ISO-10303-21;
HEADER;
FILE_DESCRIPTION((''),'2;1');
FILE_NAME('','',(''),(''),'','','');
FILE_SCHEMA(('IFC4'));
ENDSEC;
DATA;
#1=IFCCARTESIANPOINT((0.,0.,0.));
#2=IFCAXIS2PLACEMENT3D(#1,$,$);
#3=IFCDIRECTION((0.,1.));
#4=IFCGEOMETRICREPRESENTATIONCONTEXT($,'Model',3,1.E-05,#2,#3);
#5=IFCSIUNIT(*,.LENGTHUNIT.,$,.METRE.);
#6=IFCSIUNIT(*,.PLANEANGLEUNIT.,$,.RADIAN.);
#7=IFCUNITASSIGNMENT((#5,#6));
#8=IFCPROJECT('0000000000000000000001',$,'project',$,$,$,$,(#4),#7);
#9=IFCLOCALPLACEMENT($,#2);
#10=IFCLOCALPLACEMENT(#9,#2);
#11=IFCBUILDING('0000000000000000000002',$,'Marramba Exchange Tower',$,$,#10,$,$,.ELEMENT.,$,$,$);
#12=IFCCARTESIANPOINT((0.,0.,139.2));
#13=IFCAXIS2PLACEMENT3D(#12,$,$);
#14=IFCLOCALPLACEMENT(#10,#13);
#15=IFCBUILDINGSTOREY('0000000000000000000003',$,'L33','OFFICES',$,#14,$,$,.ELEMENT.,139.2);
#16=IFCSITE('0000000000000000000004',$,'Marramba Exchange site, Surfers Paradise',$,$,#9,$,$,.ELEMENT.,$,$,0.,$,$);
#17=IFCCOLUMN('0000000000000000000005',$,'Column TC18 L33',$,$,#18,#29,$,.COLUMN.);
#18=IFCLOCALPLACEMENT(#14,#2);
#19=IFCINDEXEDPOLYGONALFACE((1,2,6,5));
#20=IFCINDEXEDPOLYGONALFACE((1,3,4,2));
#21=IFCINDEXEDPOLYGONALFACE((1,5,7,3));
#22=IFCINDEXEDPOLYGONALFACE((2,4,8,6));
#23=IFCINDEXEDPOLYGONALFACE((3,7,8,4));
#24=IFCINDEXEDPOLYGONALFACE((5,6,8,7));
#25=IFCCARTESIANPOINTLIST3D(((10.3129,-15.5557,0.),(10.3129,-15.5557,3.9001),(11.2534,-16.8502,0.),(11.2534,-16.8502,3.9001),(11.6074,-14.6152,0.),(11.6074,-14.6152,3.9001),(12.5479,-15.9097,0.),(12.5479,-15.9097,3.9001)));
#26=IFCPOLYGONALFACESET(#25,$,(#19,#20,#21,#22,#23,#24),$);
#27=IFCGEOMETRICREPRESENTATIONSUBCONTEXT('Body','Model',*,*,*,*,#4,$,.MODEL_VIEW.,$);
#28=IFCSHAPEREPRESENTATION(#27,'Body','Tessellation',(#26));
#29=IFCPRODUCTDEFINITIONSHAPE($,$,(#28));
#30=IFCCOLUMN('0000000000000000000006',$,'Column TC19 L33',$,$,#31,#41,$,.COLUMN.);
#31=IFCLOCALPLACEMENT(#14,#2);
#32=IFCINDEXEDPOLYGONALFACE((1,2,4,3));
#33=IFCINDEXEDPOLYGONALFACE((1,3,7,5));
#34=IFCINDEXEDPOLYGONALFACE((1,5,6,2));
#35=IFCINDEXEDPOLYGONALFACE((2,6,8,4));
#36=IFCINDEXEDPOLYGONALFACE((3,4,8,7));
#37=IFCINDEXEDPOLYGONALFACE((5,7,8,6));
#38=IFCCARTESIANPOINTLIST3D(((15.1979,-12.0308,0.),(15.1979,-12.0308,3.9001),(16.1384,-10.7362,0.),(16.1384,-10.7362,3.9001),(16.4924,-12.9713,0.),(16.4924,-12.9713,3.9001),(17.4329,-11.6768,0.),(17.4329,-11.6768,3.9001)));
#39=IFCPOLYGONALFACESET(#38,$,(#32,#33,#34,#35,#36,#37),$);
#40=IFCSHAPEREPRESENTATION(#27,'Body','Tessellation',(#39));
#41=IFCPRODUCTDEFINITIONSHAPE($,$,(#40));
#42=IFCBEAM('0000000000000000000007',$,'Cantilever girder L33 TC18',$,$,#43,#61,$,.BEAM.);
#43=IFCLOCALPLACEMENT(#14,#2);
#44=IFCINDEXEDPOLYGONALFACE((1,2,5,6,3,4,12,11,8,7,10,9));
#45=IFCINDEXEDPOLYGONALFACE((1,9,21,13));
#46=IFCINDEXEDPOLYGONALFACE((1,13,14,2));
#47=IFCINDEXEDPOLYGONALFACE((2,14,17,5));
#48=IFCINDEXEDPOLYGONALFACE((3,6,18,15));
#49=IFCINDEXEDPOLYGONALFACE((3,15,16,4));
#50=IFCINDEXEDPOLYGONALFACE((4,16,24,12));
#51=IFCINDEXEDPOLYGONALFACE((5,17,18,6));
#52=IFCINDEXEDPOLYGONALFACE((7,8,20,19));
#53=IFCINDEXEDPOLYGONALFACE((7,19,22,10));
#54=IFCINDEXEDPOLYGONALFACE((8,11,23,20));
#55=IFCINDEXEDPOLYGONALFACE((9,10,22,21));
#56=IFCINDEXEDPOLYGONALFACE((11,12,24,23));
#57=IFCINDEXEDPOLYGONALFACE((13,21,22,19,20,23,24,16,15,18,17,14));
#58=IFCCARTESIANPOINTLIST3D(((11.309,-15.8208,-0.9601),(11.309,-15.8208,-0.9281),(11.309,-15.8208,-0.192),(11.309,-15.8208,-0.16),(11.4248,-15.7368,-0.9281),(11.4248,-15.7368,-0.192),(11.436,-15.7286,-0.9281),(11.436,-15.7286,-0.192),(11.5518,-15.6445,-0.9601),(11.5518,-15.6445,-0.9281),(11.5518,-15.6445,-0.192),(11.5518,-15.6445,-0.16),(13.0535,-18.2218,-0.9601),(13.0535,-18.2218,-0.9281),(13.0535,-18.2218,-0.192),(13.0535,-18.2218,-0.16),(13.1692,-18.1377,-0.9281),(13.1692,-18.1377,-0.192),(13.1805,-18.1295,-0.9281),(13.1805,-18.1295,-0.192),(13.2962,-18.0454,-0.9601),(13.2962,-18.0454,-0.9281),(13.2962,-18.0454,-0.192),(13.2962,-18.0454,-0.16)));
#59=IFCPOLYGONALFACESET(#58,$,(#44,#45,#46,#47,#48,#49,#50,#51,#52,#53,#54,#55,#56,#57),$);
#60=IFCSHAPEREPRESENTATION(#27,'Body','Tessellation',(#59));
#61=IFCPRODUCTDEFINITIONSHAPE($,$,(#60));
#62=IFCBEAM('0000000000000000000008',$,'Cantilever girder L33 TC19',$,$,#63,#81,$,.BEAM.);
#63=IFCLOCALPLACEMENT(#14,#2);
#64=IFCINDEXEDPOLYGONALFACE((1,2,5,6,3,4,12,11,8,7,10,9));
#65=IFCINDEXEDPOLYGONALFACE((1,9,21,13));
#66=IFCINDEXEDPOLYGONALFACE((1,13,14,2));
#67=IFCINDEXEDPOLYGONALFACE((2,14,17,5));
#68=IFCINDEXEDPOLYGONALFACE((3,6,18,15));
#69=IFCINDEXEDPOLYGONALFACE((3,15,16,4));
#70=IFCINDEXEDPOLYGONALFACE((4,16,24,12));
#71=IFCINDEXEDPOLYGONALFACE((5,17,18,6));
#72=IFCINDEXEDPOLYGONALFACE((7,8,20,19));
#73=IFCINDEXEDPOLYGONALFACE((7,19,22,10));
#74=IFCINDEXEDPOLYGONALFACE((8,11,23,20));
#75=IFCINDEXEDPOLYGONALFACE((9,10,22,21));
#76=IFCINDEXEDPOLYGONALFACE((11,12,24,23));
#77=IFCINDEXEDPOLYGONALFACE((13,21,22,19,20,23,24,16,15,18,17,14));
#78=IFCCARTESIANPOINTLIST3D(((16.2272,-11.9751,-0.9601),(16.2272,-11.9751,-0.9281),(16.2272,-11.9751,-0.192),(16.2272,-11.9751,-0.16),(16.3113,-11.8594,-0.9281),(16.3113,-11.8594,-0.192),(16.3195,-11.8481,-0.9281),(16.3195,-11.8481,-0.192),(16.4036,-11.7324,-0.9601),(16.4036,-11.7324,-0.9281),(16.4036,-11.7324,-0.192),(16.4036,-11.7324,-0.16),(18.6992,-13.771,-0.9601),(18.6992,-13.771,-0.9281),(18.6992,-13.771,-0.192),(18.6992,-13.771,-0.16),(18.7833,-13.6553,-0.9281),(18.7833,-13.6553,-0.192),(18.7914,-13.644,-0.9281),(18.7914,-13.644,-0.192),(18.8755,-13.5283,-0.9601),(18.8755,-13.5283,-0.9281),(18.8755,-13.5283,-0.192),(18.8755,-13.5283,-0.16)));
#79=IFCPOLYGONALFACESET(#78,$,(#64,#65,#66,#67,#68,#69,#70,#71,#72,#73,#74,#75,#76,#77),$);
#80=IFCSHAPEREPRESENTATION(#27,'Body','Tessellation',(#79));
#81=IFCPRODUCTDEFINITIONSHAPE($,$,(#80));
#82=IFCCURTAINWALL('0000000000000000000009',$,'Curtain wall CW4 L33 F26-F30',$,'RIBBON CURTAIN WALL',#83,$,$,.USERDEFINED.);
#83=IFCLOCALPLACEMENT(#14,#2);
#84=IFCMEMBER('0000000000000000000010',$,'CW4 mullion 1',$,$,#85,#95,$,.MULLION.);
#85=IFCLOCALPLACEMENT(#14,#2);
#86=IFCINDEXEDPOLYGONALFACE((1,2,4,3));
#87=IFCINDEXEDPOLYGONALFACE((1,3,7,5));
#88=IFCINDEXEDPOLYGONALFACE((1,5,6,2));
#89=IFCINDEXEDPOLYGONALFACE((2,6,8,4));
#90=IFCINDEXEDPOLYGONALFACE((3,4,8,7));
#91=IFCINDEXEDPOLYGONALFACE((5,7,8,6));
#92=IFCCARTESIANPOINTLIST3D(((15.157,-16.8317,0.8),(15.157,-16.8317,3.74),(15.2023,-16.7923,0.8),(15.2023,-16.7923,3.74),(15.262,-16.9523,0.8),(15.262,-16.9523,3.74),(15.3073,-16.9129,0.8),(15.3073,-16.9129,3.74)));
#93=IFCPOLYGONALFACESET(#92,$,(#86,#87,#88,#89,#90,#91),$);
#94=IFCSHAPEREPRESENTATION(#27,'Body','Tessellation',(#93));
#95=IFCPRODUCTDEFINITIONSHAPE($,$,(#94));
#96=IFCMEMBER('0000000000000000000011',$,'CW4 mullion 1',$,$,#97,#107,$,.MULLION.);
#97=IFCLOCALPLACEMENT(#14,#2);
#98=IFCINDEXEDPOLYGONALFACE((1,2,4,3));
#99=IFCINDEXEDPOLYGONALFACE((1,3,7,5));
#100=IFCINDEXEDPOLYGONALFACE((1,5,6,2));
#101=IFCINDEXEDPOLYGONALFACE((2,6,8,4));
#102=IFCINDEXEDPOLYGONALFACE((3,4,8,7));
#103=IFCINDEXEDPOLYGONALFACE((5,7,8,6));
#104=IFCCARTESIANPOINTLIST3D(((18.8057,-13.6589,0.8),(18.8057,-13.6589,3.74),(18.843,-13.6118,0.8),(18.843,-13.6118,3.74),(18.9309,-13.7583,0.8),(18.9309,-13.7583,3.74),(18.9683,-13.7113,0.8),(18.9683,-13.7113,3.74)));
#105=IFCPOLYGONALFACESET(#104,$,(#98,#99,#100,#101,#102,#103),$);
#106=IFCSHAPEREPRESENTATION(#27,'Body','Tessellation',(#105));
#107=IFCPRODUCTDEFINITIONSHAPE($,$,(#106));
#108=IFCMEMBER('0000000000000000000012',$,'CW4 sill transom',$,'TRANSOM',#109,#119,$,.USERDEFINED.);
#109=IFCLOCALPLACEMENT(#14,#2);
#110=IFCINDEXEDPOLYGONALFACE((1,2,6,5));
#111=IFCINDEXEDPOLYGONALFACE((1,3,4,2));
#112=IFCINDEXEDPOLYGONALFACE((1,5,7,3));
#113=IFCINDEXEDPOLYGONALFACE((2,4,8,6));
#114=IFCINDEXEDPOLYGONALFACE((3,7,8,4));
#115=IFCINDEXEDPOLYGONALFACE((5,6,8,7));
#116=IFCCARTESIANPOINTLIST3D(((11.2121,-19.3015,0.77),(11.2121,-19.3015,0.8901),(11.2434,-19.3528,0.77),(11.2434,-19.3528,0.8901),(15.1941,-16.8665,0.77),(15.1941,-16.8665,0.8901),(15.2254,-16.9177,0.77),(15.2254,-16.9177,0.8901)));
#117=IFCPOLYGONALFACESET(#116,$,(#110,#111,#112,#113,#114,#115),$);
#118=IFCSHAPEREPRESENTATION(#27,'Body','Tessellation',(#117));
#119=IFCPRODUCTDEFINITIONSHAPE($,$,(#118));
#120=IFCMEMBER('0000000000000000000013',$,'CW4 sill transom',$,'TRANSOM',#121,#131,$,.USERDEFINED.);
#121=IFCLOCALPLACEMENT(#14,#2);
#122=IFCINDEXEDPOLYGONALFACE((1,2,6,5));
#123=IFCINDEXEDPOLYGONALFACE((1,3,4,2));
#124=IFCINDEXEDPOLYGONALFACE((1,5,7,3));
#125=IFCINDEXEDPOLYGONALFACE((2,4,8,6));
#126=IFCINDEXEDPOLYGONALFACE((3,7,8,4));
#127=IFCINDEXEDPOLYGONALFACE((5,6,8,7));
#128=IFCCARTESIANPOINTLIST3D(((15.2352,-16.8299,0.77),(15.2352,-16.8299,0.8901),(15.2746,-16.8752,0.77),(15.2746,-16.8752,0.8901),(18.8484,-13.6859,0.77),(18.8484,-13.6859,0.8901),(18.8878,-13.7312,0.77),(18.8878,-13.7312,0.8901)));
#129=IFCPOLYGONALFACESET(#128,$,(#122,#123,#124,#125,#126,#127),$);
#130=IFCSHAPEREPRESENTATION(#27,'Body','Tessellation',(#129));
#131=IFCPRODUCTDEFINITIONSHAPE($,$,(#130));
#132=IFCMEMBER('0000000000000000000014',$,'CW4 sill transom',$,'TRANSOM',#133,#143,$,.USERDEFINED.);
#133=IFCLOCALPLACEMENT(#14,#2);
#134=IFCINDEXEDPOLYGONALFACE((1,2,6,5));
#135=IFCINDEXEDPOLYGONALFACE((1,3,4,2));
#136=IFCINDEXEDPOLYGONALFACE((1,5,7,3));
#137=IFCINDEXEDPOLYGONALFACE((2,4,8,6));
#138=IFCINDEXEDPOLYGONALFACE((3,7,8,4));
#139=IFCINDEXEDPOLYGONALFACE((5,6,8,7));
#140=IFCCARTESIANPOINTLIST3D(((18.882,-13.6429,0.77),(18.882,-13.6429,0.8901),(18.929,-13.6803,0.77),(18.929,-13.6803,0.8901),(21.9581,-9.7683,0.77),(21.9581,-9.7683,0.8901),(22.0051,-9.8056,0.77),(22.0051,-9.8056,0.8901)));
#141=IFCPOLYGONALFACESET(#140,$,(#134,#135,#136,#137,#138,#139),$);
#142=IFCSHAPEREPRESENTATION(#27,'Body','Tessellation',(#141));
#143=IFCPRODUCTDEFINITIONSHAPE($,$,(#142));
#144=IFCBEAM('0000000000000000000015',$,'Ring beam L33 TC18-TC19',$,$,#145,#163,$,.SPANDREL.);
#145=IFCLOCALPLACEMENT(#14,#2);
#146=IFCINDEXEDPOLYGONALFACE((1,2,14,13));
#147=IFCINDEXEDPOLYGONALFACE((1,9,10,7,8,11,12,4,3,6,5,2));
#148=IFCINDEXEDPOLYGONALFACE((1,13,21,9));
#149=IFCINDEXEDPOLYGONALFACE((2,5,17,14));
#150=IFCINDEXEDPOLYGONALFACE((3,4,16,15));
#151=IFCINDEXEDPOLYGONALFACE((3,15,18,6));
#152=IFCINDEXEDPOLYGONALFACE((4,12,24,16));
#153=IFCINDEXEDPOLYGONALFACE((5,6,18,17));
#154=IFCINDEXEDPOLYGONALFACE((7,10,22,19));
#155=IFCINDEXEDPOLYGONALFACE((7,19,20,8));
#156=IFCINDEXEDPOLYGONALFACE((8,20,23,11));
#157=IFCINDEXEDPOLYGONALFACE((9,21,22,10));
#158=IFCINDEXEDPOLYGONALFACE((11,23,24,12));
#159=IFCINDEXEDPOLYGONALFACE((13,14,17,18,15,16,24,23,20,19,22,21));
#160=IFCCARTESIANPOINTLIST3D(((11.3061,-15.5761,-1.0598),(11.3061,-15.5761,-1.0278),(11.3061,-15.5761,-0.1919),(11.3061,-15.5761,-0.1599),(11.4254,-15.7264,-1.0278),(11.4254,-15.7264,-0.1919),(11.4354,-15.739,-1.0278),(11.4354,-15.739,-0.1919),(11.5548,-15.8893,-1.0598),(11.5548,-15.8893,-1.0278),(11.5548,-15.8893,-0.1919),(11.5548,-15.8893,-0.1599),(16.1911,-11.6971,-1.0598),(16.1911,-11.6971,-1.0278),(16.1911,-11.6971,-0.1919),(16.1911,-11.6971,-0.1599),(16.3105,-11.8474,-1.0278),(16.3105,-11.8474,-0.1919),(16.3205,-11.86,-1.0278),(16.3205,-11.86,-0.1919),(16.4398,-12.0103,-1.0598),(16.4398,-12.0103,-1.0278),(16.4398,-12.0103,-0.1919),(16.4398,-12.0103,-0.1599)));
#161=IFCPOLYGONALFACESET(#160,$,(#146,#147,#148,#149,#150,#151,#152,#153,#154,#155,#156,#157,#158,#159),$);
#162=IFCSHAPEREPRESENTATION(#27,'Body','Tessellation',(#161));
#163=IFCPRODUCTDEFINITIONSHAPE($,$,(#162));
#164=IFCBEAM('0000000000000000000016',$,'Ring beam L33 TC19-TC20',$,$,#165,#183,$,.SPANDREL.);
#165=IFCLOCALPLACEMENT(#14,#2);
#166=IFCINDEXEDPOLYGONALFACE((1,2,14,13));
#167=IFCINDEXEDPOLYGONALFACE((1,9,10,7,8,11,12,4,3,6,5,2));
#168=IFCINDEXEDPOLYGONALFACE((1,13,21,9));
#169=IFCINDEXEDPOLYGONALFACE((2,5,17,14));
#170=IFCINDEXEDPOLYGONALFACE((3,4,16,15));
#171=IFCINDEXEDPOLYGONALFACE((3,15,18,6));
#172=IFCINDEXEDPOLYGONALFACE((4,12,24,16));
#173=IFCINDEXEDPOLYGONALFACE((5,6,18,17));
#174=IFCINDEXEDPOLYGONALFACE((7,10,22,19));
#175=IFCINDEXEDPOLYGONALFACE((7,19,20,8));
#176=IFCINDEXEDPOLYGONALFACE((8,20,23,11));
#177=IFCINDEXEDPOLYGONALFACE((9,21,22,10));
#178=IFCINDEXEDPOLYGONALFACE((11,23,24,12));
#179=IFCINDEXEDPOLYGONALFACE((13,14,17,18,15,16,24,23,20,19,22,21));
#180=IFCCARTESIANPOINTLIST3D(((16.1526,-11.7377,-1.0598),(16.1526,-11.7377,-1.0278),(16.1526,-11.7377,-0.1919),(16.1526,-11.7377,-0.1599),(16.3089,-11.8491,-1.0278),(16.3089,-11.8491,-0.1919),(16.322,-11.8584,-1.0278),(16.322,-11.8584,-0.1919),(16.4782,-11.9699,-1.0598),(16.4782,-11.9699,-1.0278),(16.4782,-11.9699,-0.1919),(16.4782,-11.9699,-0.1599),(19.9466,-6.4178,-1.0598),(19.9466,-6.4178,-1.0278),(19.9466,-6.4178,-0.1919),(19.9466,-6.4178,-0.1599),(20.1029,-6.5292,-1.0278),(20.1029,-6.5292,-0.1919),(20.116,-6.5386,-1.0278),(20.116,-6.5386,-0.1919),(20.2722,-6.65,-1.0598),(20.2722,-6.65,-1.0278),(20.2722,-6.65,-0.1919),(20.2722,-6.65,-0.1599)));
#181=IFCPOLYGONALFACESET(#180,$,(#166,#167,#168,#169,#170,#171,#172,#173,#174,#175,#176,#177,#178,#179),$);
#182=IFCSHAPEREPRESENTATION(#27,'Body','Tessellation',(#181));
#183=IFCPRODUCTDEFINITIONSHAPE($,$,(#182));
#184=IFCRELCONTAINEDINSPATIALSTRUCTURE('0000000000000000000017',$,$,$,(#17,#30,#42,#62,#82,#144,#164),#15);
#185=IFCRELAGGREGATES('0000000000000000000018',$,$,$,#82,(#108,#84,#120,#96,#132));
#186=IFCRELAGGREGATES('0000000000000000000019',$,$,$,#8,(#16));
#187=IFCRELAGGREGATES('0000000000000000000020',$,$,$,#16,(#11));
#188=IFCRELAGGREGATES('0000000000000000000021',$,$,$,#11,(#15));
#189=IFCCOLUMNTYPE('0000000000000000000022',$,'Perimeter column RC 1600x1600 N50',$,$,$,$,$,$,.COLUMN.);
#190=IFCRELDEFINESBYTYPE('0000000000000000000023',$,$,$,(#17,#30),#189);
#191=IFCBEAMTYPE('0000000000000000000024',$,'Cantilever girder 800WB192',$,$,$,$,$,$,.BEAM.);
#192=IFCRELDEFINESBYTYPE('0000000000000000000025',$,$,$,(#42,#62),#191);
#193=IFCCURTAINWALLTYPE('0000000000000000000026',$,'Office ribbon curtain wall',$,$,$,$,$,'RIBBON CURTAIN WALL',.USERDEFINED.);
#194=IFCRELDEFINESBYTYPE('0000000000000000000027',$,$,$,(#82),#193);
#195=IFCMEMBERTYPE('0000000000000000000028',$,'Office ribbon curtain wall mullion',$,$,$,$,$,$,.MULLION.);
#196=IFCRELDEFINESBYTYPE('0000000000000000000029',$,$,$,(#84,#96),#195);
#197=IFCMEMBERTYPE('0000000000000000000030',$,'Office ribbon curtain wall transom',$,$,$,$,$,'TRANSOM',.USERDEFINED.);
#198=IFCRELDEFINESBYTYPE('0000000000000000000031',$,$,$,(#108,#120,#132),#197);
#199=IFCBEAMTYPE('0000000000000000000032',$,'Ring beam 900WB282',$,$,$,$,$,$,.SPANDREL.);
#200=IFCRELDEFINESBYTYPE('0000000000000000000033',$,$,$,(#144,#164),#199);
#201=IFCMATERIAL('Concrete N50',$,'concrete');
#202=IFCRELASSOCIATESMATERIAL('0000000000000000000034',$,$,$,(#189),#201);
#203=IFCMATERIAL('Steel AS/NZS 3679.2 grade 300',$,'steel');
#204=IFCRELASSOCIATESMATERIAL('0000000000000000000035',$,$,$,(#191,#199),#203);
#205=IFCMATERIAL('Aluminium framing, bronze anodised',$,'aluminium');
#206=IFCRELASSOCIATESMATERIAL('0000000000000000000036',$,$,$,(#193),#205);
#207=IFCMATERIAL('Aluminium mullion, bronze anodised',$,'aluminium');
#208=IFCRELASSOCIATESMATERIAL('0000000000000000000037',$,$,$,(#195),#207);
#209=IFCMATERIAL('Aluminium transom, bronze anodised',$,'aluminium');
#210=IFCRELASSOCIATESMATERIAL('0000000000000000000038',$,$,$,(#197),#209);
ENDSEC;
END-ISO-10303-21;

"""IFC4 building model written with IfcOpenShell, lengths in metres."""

from ifc_helpers import new_model, si_unit, direction, frame, origin, origin_2d, place, context, subcontext, project, spatial, rectangle, i_section, extrude, material, material_profile, profile_set, type_object, element, aggregate, save


model = new_model("IFC4")

# Units and contexts
model_context = context("Model", 3, precision=1e-05, world=origin(), true_north=direction((0.0, 1.0)))
body_context = subcontext(model_context, "Body", "Model", "MODEL_VIEW")
ifc_project = project(units=[si_unit("LENGTHUNIT", "METRE"), si_unit("PLANEANGLEUNIT", "RADIAN")], contexts=[model_context])

# Site, building, storey
site_placement = place(None, origin())
site = spatial("IfcSite", under=ifc_project, at=site_placement, Name="Marramba Exchange site, Surfers Paradise", CompositionType="ELEMENT", RefElevation=0.0)
building_placement = place(site_placement, origin())
building = spatial("IfcBuilding", under=site, at=building_placement, Name="Marramba Exchange Tower", CompositionType="ELEMENT")
storey_placement = place(building_placement, frame((0.0, 0.0, 139.2)))
storey = spatial("IfcBuildingStorey", under=building, at=storey_placement, Name="L33", Description="OFFICES", CompositionType="ELEMENT", Elevation=139.2)

# Columns
ifc_material_1 = material(Name="Concrete N50", Category="concrete")
ifc_material_profile_1 = material_profile(ifc_material_1, rectangle(XDim=1.6001, YDim=1.6001, at=origin_2d()), Name="RC 1600x1600")
ifc_profile_set_1 = profile_set([ifc_material_profile_1], Name="Concrete N50")
column_type = type_object("IfcColumnType", Name="Perimeter column RC 1600x1600 N50", PredefinedType="COLUMN", material=ifc_profile_set_1)
for number, where, z_axis, x_axis, name in (
    (1, (11.4304, -15.7327, 0.0), (0.0, 0.0, 1.0), (0.587785, -0.809017, 0.0), "Column TC18 L33"),
    (2, (16.3154, -11.8538, 0.0), (0.0, 0.0, 1.0), (0.809017, -0.587785, 0.0), "Column TC19 L33"),
):
    element("IfcColumn", number, at=place(storey_placement, frame(where, z_axis=z_axis, x_axis=x_axis)), inside=storey, type_object=column_type, Name=name, PredefinedType="COLUMN", context=body_context, shape_type="SweptSolid", body=[
        extrude(rectangle(XDim=1.6001, YDim=1.6001, at=origin_2d()), origin(), (0.0, 0.0, 1.0), 3.9001),
    ])

# Beams
ifc_material_2 = material(Name="Steel AS/NZS 3679.2 grade 300", Category="steel")
ifc_material_profile_2 = material_profile(ifc_material_2, i_section(OverallWidth=0.3, OverallDepth=0.8, WebThickness=0.0139, FlangeThickness=0.032, at=origin_2d()), Name="800WB192")
ifc_profile_set_2 = profile_set([ifc_material_profile_2], Name="Steel AS/NZS 3679.2 grade 300")
beam_type_1 = type_object("IfcBeamType", Name="Cantilever girder 800WB192", PredefinedType="BEAM", material=ifc_profile_set_2)
beam_1_placement = place(storey_placement, frame((11.4304, -15.7327, -0.5601), z_axis=(0.587795, -0.80901, 0.0), x_axis=(0.80901, 0.587795, 0.0)))
element("IfcBeam", 3, at=beam_1_placement, inside=storey, type_object=beam_type_1, Name="Cantilever girder L33 TC18", PredefinedType="BEAM", context=body_context, shape_type="SweptSolid", body=[
    extrude(i_section(OverallWidth=0.3, OverallDepth=0.8, WebThickness=0.0139, FlangeThickness=0.032, at=origin_2d()), origin(), (0.0, 0.0, 1.0), 2.9678),
])
beam_2_placement = place(storey_placement, frame((16.3154, -11.8538, -0.5601), z_axis=(0.809026, -0.587773, 0.0), x_axis=(0.587773, 0.809026, 0.0)))
element("IfcBeam", 4, at=beam_2_placement, inside=storey, type_object=beam_type_1, Name="Cantilever girder L33 TC19", PredefinedType="BEAM", context=body_context, shape_type="SweptSolid", body=[
    extrude(i_section(OverallWidth=0.3, OverallDepth=0.8, WebThickness=0.0139, FlangeThickness=0.032, at=origin_2d()), origin(), (0.0, 0.0, 1.0), 3.0554),
])

# Curtain wall, members
ifc_material_3 = material(Name="Aluminium framing, bronze anodised", Category="aluminium")
curtain_wall_type = type_object("IfcCurtainWallType", Name="Office ribbon curtain wall", ElementType="RIBBON CURTAIN WALL", PredefinedType="USERDEFINED", material=ifc_material_3)
curtain_wall_placement = place(storey_placement, origin())
curtain_wall = element("IfcCurtainWall", 5, at=curtain_wall_placement, inside=storey, type_object=curtain_wall_type, Name="Curtain wall CW4 L33 F26-F30", ObjectType="RIBBON CURTAIN WALL", PredefinedType="USERDEFINED")
ifc_material_4 = material(Name="Aluminium mullion, bronze anodised", Category="aluminium")
ifc_material_profile_3 = material_profile(ifc_material_4, rectangle(XDim=0.1599, YDim=0.0601, at=origin_2d()), Name="CW4 mullion 60x160")
ifc_profile_set_3 = profile_set([ifc_material_profile_3], Name="Aluminium mullion, bronze anodised")
member_type_1 = type_object("IfcMemberType", Name="Office ribbon curtain wall mullion", PredefinedType="MULLION", material=ifc_profile_set_3)
member_1_placement = place(storey_placement, frame((15.2322, -16.8723, 0.8), z_axis=(0.0, 0.0, 1.0), x_axis=(-0.656432, 0.754386, 0.0)))
member_1 = element("IfcMember", 6, at=member_1_placement, type_object=member_type_1, Name="CW4 mullion 1", PredefinedType="MULLION", context=body_context, shape_type="SweptSolid", body=[
    extrude(rectangle(XDim=0.1599, YDim=0.0601, at=origin_2d()), origin(), (0.0, 0.0, 1.0), 2.9399),
])
member_2_placement = place(storey_placement, frame((18.887, -13.6851, 0.8), z_axis=(0.0, 0.0, 1.0), x_axis=(-0.78317, 0.621807, 0.0)))
member_2 = element("IfcMember", 7, at=member_2_placement, type_object=member_type_1, Name="CW4 mullion 1", PredefinedType="MULLION", context=body_context, shape_type="SweptSolid", body=[
    extrude(rectangle(XDim=0.1599, YDim=0.0601, at=origin_2d()), origin(), (0.0, 0.0, 1.0), 2.9399),
])
ifc_material_5 = material(Name="Aluminium transom, bronze anodised", Category="aluminium")
ifc_material_profile_4 = material_profile(ifc_material_5, rectangle(XDim=0.0601, YDim=0.1201, at=origin_2d()), Name="CW4 transom 60x120")
ifc_profile_set_4 = profile_set([ifc_material_profile_4], Name="Aluminium transom, bronze anodised")
member_type_2 = type_object("IfcMemberType", Name="Office ribbon curtain wall transom", ElementType="TRANSOM", PredefinedType="USERDEFINED", material=ifc_profile_set_4)
member_3_placement = place(storey_placement, frame((11.2278, -19.3271, 0.8301), z_axis=(0.853124, 0.521708, 0.0), x_axis=(-0.521708, 0.853124, 0.0)))
member_3 = element("IfcMember", 8, at=member_3_placement, type_object=member_type_2, Name="CW4 sill transom", ObjectType="TRANSOM", PredefinedType="USERDEFINED", context=body_context, shape_type="SweptSolid", body=[
    extrude(rectangle(XDim=0.0601, YDim=0.1201, at=origin_2d()), origin(), (0.0, 0.0, 1.0), 4.6675),
])
member_4_placement = place(storey_placement, frame((15.2549, -16.8525, 0.8301), z_axis=(0.754393, 0.656424, 0.0), x_axis=(-0.656424, 0.754393, 0.0)))
member_4 = element("IfcMember", 9, at=member_4_placement, type_object=member_type_2, Name="CW4 sill transom", ObjectType="TRANSOM", PredefinedType="USERDEFINED", context=body_context, shape_type="SweptSolid", body=[
    extrude(rectangle(XDim=0.0601, YDim=0.1201, at=origin_2d()), origin(), (0.0, 0.0, 1.0), 4.7896),
])
member_5_placement = place(storey_placement, frame((18.9055, -13.6616, 0.8301), z_axis=(0.621778, 0.783194, 0.0), x_axis=(-0.783194, 0.621778, 0.0)))
member_5 = element("IfcMember", 10, at=member_5_placement, type_object=member_type_2, Name="CW4 sill transom", ObjectType="TRANSOM", PredefinedType="USERDEFINED", context=body_context, shape_type="SweptSolid", body=[
    extrude(rectangle(XDim=0.0601, YDim=0.1201, at=origin_2d()), origin(), (0.0, 0.0, 1.0), 4.9473),
])

# Beams
ifc_material_profile_5 = material_profile(ifc_material_2, i_section(OverallWidth=0.3999, OverallDepth=0.8999, WebThickness=0.0161, FlangeThickness=0.032, at=origin_2d()), Name="900WB282")
ifc_profile_set_5 = profile_set([ifc_material_profile_5], Name="Steel AS/NZS 3679.2 grade 300")
beam_type_2 = type_object("IfcBeamType", Name="Ring beam 900WB282", PredefinedType="SPANDREL", material=ifc_profile_set_5)
beam_3_placement = place(storey_placement, frame((11.4304, -15.7327, -0.6099), z_axis=(0.783139, 0.621846, 0.0), x_axis=(-0.621846, 0.783139, 0.0)))
element("IfcBeam", 11, at=beam_3_placement, inside=storey, type_object=beam_type_2, Name="Ring beam L33 TC18-TC19", PredefinedType="SPANDREL", context=body_context, shape_type="SweptSolid", body=[
    extrude(i_section(OverallWidth=0.3999, OverallDepth=0.8999, WebThickness=0.0161, FlangeThickness=0.032, at=origin_2d()), origin(), (0.0, 0.0, 1.0), 6.2378),
])
beam_4_placement = place(storey_placement, frame((16.3154, -11.8538, -0.6099), z_axis=(0.580637, 0.814162, 0.0), x_axis=(-0.814162, 0.580637, 0.0)))
element("IfcBeam", 12, at=beam_4_placement, inside=storey, type_object=beam_type_2, Name="Ring beam L33 TC19-TC20", PredefinedType="SPANDREL", context=body_context, shape_type="SweptSolid", body=[
    extrude(i_section(OverallWidth=0.3999, OverallDepth=0.8999, WebThickness=0.0161, FlangeThickness=0.032, at=origin_2d()), origin(), (0.0, 0.0, 1.0), 6.5342),
])

aggregate(curtain_wall, [member_3, member_1, member_4, member_2, member_5])

save(model, "model.ifc")
